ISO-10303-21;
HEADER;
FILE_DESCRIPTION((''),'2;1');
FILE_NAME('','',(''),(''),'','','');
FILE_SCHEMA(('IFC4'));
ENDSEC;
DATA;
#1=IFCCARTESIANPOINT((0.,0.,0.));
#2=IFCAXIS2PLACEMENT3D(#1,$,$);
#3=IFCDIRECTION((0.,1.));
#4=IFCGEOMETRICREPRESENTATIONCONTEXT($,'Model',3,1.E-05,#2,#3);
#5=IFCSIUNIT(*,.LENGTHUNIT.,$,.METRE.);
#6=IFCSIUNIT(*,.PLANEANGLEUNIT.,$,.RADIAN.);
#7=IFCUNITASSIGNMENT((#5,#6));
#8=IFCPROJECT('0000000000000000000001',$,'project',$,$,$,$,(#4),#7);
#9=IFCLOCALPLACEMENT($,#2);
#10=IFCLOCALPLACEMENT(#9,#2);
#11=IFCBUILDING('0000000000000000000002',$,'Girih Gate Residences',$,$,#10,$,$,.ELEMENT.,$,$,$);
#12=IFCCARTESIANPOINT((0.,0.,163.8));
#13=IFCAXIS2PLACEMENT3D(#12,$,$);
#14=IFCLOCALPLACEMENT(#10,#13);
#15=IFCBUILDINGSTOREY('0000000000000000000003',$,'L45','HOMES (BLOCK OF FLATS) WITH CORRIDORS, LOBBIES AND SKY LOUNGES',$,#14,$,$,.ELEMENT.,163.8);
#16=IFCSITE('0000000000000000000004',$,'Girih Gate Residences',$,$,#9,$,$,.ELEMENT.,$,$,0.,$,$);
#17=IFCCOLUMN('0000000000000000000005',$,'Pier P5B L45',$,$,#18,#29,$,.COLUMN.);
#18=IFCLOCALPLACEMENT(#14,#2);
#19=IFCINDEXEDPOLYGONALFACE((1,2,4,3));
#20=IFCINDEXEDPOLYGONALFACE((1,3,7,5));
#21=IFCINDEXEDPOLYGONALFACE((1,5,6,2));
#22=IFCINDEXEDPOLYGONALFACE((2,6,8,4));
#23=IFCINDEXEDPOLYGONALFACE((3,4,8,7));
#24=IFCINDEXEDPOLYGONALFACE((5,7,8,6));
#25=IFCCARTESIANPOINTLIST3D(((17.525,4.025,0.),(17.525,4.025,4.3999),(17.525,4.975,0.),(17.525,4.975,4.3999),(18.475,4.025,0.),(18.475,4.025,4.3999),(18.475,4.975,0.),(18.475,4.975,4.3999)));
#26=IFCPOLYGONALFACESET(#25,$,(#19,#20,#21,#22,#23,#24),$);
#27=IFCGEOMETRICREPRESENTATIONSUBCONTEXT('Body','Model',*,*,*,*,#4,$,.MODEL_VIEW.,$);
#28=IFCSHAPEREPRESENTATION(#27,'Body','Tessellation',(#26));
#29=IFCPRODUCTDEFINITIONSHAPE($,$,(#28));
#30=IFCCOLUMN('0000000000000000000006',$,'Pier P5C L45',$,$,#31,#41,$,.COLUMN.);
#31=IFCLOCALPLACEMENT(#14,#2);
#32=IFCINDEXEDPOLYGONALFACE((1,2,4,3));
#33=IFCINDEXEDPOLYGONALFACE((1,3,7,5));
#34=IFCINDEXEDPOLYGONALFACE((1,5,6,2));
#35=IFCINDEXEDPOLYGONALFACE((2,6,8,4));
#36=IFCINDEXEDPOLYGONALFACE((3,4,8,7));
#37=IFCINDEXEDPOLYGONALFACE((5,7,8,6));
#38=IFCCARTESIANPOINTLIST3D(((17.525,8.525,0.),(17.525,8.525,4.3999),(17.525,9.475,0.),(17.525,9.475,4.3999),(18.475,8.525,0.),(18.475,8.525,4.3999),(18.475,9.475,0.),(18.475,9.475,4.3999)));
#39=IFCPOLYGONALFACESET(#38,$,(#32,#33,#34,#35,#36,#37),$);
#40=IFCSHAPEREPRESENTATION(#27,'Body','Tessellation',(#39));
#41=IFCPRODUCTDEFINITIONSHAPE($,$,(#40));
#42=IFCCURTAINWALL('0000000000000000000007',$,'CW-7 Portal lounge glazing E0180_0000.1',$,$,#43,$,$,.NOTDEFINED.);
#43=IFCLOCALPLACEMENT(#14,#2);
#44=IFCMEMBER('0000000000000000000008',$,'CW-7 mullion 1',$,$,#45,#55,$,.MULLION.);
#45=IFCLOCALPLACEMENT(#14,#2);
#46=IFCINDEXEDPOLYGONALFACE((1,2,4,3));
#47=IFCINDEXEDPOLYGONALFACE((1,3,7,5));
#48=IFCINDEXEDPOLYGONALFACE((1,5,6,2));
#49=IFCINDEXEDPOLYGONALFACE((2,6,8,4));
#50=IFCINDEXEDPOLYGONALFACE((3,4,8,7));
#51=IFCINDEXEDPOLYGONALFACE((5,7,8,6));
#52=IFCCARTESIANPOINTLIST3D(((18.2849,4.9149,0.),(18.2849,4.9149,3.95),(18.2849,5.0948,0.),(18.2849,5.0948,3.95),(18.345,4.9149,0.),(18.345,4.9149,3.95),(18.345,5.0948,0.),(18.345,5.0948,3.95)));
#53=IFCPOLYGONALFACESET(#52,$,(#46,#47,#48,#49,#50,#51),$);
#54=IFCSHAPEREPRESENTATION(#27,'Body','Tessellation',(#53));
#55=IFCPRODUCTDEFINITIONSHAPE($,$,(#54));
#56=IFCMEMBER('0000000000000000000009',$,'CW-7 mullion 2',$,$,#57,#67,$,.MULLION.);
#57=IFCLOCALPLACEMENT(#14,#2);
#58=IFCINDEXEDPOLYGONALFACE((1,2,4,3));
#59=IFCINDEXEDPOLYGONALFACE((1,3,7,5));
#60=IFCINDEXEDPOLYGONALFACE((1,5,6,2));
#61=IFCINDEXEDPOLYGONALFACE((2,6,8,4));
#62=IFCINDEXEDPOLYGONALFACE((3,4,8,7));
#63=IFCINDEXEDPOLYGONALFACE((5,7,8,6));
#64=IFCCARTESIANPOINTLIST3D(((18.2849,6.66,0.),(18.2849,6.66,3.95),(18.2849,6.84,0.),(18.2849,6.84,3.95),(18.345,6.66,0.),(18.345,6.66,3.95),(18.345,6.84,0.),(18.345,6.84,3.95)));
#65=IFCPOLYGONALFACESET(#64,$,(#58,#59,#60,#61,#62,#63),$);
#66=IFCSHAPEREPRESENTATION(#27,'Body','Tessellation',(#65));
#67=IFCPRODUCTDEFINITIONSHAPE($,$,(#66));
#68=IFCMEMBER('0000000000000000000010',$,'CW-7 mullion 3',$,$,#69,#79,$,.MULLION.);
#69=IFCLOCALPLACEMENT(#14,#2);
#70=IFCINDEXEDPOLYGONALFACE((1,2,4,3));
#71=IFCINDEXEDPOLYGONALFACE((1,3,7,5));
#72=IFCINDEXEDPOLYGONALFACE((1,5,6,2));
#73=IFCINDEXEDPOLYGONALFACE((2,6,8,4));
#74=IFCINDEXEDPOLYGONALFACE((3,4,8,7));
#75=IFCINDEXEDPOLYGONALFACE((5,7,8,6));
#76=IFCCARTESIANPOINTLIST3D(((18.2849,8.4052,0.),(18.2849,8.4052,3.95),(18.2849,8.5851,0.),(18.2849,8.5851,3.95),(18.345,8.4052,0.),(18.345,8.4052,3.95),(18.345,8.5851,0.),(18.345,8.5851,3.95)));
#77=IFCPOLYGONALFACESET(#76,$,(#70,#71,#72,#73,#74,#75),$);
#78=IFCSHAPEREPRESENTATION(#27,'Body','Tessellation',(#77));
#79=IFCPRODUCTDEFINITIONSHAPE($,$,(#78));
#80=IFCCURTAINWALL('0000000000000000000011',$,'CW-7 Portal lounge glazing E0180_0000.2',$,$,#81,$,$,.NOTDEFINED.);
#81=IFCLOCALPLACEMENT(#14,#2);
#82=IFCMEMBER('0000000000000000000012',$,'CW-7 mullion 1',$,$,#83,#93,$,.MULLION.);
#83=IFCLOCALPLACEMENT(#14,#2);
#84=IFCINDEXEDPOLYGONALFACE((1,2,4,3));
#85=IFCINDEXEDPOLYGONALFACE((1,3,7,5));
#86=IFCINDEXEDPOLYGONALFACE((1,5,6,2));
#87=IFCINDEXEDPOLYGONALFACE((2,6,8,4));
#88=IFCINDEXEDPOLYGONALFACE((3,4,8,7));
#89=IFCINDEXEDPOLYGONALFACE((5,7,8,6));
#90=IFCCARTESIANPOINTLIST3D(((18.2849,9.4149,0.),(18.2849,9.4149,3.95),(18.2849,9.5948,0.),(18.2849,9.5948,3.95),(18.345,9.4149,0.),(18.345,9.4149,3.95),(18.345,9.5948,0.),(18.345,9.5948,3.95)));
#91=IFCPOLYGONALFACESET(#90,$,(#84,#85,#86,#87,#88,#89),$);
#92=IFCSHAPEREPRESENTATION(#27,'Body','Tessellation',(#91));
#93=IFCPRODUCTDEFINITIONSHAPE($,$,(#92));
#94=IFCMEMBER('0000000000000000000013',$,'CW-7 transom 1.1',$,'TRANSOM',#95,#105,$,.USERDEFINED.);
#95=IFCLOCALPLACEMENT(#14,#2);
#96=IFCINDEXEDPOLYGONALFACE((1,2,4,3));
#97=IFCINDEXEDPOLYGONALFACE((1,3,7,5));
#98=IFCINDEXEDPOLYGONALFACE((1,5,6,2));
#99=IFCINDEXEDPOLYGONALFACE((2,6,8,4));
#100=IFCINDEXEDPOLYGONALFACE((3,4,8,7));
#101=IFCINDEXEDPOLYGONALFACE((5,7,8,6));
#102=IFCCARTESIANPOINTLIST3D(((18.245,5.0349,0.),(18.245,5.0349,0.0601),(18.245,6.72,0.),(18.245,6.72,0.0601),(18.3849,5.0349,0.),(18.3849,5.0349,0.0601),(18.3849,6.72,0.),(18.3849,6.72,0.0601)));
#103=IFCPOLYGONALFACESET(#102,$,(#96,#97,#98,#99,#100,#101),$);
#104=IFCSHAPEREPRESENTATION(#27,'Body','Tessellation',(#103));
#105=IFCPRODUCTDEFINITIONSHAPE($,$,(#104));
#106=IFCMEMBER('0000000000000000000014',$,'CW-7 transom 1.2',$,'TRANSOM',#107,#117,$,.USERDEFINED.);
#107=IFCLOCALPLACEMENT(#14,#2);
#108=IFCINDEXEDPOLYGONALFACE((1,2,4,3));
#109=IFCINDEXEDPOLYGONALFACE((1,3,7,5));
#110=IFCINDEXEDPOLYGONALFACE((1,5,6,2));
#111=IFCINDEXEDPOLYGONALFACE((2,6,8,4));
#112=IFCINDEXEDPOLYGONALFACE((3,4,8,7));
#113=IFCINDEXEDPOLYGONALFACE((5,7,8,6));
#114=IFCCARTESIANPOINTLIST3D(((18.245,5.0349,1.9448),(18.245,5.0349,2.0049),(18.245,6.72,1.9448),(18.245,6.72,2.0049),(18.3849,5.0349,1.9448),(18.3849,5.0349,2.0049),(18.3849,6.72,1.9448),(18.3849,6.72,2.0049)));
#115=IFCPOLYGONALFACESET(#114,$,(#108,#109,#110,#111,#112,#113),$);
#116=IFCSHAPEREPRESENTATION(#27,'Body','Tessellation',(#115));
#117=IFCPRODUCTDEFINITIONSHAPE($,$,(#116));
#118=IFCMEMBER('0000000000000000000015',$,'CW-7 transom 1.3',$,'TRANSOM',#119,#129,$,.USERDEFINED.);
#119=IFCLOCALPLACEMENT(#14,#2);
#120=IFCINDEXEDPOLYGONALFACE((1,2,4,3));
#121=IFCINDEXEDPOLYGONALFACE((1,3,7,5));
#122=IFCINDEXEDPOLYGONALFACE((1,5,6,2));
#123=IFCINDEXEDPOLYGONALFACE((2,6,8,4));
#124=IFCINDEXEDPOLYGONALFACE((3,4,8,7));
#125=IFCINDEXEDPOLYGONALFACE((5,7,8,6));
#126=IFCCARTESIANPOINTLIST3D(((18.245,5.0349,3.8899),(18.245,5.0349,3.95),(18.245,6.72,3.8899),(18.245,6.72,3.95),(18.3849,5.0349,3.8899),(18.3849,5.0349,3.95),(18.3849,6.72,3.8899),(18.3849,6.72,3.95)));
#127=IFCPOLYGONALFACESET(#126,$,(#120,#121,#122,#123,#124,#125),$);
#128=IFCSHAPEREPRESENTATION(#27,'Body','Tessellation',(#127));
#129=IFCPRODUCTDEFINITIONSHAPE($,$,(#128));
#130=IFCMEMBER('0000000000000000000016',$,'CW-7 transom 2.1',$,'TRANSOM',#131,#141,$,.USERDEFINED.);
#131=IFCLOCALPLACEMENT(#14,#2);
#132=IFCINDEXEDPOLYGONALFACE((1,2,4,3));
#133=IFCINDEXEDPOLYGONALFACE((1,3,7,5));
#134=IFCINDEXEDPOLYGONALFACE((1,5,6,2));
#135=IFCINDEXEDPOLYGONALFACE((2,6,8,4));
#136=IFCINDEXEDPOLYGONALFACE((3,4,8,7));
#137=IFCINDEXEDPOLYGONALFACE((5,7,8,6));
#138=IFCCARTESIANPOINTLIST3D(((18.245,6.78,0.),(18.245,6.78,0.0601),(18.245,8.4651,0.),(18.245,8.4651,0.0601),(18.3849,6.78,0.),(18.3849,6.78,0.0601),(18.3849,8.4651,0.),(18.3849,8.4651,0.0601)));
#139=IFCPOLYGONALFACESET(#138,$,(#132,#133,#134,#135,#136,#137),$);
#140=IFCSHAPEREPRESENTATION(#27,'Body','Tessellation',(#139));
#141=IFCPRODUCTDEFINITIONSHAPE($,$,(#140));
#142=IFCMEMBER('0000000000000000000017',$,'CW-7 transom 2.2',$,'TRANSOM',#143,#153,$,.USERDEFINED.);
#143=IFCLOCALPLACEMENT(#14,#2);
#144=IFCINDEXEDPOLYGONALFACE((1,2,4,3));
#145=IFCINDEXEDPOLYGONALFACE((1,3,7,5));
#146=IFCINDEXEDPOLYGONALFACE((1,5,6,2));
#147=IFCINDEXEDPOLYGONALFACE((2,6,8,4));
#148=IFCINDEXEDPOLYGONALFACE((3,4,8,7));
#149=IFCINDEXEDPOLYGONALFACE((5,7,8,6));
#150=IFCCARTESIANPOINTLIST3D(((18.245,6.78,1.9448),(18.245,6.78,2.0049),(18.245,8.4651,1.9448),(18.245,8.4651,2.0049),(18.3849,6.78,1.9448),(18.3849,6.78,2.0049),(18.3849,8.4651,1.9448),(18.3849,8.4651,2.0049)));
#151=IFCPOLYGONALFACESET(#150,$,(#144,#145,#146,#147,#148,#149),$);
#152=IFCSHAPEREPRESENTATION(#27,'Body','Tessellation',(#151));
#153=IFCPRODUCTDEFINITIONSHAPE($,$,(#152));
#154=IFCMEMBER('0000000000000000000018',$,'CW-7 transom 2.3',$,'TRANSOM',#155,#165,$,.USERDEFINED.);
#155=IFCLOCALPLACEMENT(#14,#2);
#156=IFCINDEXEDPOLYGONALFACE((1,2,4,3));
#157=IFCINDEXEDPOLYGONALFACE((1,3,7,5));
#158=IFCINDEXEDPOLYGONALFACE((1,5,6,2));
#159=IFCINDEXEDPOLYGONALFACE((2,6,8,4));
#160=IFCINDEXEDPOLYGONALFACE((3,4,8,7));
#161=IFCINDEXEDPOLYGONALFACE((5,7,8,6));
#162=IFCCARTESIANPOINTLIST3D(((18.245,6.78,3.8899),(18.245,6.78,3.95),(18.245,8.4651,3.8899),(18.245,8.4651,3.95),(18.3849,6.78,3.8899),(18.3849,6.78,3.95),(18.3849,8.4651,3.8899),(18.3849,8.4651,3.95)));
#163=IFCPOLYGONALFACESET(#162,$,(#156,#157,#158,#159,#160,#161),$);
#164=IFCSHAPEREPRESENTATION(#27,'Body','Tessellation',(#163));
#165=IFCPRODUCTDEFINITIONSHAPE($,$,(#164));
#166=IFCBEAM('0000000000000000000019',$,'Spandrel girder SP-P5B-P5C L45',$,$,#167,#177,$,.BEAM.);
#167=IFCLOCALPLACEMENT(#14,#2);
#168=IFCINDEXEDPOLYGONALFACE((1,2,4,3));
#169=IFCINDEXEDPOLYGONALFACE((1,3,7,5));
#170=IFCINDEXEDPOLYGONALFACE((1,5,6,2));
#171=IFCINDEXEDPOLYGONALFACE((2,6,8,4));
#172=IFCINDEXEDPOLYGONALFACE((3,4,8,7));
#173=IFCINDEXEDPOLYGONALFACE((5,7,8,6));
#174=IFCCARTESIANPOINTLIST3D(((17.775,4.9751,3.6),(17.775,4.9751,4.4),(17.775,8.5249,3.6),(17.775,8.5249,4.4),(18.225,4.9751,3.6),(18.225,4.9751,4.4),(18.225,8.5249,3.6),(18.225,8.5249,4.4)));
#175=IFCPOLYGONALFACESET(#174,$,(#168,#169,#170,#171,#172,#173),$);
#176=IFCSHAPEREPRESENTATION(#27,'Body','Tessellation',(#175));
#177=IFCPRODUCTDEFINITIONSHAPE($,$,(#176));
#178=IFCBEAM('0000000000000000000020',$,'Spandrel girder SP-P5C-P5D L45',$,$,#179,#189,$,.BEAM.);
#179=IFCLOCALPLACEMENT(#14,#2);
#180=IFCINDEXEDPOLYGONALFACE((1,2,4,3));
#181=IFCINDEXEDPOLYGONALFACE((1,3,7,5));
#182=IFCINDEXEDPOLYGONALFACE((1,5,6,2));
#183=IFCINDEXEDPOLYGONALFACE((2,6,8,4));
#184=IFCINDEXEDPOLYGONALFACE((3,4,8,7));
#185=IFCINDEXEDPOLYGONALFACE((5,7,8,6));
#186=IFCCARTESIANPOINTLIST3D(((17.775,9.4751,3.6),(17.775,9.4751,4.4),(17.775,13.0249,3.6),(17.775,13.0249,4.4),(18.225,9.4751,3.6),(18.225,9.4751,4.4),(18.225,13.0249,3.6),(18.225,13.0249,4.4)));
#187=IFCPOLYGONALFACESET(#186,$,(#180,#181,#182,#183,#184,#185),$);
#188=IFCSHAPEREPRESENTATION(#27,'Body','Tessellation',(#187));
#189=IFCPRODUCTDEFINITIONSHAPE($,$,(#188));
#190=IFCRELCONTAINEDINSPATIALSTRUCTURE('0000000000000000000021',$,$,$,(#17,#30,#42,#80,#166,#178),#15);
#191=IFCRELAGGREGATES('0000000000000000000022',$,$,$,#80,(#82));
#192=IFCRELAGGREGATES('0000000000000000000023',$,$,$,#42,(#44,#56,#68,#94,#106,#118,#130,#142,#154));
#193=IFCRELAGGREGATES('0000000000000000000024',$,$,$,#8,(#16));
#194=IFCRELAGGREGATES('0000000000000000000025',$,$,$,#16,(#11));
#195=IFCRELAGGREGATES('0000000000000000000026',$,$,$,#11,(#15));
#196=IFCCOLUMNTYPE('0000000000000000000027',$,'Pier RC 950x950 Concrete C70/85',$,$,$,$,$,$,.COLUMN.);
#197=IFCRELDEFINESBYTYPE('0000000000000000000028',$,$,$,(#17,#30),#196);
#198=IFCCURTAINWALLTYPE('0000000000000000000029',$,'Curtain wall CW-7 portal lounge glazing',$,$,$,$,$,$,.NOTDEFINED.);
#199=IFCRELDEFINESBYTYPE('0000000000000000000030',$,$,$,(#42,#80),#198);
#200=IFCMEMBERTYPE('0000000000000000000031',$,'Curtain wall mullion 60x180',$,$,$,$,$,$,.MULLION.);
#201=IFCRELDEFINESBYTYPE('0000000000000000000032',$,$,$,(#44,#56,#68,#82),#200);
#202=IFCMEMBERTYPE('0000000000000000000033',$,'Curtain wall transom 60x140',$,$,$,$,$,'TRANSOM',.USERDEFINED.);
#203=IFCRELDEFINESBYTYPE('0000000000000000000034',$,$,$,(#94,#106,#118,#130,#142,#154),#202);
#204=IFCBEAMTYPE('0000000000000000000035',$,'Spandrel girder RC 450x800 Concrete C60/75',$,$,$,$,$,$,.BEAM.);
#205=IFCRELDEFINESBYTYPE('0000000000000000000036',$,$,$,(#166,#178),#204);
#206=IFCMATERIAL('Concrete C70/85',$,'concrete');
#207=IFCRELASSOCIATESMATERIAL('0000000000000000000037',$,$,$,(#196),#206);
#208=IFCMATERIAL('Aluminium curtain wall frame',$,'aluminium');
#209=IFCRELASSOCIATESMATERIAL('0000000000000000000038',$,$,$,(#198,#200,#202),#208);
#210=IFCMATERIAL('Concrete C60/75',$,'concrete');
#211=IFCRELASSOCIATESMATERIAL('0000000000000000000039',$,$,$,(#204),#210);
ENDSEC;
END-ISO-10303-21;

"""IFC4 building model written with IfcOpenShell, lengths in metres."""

from ifc_helpers import new_model, si_unit, direction, frame, origin, origin_2d, place, context, subcontext, project, spatial, rectangle, extrude, material, material_profile, profile_set, type_object, element, aggregate, save


model = new_model("IFC4")

# Units and contexts
model_context = context("Model", 3, precision=1e-05, world=origin(), true_north=direction((0.0, 1.0)))
body_context = subcontext(model_context, "Body", "Model", "MODEL_VIEW")
ifc_project = project(units=[si_unit("LENGTHUNIT", "METRE"), si_unit("PLANEANGLEUNIT", "RADIAN")], contexts=[model_context])

# Site, building, storey
site_placement = place(None, origin())
site = spatial("IfcSite", under=ifc_project, at=site_placement, Name="Girih Gate Residences", CompositionType="ELEMENT", RefElevation=0.0)
building_placement = place(site_placement, origin())
building = spatial("IfcBuilding", under=site, at=building_placement, Name="Girih Gate Residences", CompositionType="ELEMENT")
storey_placement = place(building_placement, frame((0.0, 0.0, 163.8)))
storey = spatial("IfcBuildingStorey", under=building, at=storey_placement, Name="L45", Description="HOMES (BLOCK OF FLATS) WITH CORRIDORS, LOBBIES AND SKY LOUNGES", CompositionType="ELEMENT", Elevation=163.8)

# Columns
ifc_material_1 = material(Name="Concrete C70/85", Category="concrete")
ifc_material_profile_1 = material_profile(ifc_material_1, rectangle(XDim=0.95, YDim=0.95, at=origin_2d()))
ifc_profile_set_1 = profile_set([ifc_material_profile_1], Name="Concrete C70/85")
column_type = type_object("IfcColumnType", Name="Pier RC 950x950 Concrete C70/85", PredefinedType="COLUMN", material=ifc_profile_set_1)
for number, where, z_axis, x_axis, name in (
    (1, (18.0, 4.5, 0.0), (0.0, 0.0, 1.0), (1.0, 0.0, 0.0), "Pier P5B L45"),
    (2, (18.0, 9.0, 0.0), (0.0, 0.0, 1.0), (1.0, 0.0, 0.0), "Pier P5C L45"),
):
    element("IfcColumn", number, at=place(storey_placement, frame(where, z_axis=z_axis, x_axis=x_axis)), inside=storey, type_object=column_type, Name=name, PredefinedType="COLUMN", context=body_context, shape_type="SweptSolid", body=[
        extrude(rectangle(XDim=0.95, YDim=0.95, at=origin_2d()), origin(), (0.0, 0.0, 1.0), 4.3999),
    ])

# Curtain wall, members
ifc_material_2 = material(Name="Aluminium curtain wall frame", Category="aluminium")
curtain_wall_type = type_object("IfcCurtainWallType", Name="Curtain wall CW-7 portal lounge glazing", PredefinedType="NOTDEFINED", material=ifc_material_2)
curtain_wall_1_placement = place(storey_placement, origin())
curtain_wall_1 = element("IfcCurtainWall", 3, at=curtain_wall_1_placement, inside=storey, type_object=curtain_wall_type, Name="CW-7 Portal lounge glazing E0180_0000.1", PredefinedType="NOTDEFINED")
ifc_material_profile_2 = material_profile(ifc_material_2, rectangle(XDim=0.0601, YDim=0.1799, at=origin_2d()))
ifc_profile_set_2 = profile_set([ifc_material_profile_2], Name="Aluminium curtain wall frame")
member_type_1 = type_object("IfcMemberType", Name="Curtain wall mullion 60x180", PredefinedType="MULLION", material=ifc_profile_set_2)
member_1_placement = place(storey_placement, frame((18.3149, 5.0049, 0.0), z_axis=(0.0, 0.0, 1.0), x_axis=(-1.0, 0.0, 0.0)))
member_1 = element("IfcMember", 4, at=member_1_placement, type_object=member_type_1, Name="CW-7 mullion 1", PredefinedType="MULLION", context=body_context, shape_type="SweptSolid", body=[
    extrude(rectangle(XDim=0.0601, YDim=0.1799, at=origin_2d()), origin(), (0.0, 0.0, 1.0), 3.95),
])
member_2_placement = place(storey_placement, frame((18.3149, 6.75, 0.0), z_axis=(0.0, 0.0, 1.0), x_axis=(-1.0, 0.0, 0.0)))
member_2 = element("IfcMember", 5, at=member_2_placement, type_object=member_type_1, Name="CW-7 mullion 2", PredefinedType="MULLION", context=body_context, shape_type="SweptSolid", body=[
    extrude(rectangle(XDim=0.0601, YDim=0.1799, at=origin_2d()), origin(), (0.0, 0.0, 1.0), 3.95),
])
member_3_placement = place(storey_placement, frame((18.3149, 8.4951, 0.0), z_axis=(0.0, 0.0, 1.0), x_axis=(-1.0, 0.0, 0.0)))
member_3 = element("IfcMember", 6, at=member_3_placement, type_object=member_type_1, Name="CW-7 mullion 3", PredefinedType="MULLION", context=body_context, shape_type="SweptSolid", body=[
    extrude(rectangle(XDim=0.0601, YDim=0.1799, at=origin_2d()), origin(), (0.0, 0.0, 1.0), 3.95),
])

# Curtain wall, member
curtain_wall_2_placement = place(storey_placement, origin())
curtain_wall_2 = element("IfcCurtainWall", 7, at=curtain_wall_2_placement, inside=storey, type_object=curtain_wall_type, Name="CW-7 Portal lounge glazing E0180_0000.2", PredefinedType="NOTDEFINED")
member_4_placement = place(storey_placement, frame((18.3149, 9.5049, 0.0), z_axis=(0.0, 0.0, 1.0), x_axis=(-1.0, 0.0, 0.0)))
member_4 = element("IfcMember", 8, at=member_4_placement, type_object=member_type_1, Name="CW-7 mullion 1", PredefinedType="MULLION", context=body_context, shape_type="SweptSolid", body=[
    extrude(rectangle(XDim=0.0601, YDim=0.1799, at=origin_2d()), origin(), (0.0, 0.0, 1.0), 3.95),
])
aggregate(curtain_wall_2, [member_4])

# Members
ifc_material_profile_3 = material_profile(ifc_material_2, rectangle(XDim=0.1399, YDim=0.0601, at=origin_2d()))
ifc_profile_set_3 = profile_set([ifc_material_profile_3], Name="Aluminium curtain wall frame")
member_type_2 = type_object("IfcMemberType", Name="Curtain wall transom 60x140", ElementType="TRANSOM", PredefinedType="USERDEFINED", material=ifc_profile_set_3)
member_5_placement = place(storey_placement, frame((18.3149, 5.0349, 0.03), z_axis=(0.0, 1.0, 0.0), x_axis=(-1.0, 0.0, 0.0)))
member_5 = element("IfcMember", 9, at=member_5_placement, type_object=member_type_2, Name="CW-7 transom 1.1", ObjectType="TRANSOM", PredefinedType="USERDEFINED", context=body_context, shape_type="SweptSolid", body=[
    extrude(rectangle(XDim=0.1399, YDim=0.0601, at=origin_2d()), origin(), (0.0, 0.0, 1.0), 1.6851),
])
member_6_placement = place(storey_placement, frame((18.3149, 5.0349, 1.9749), z_axis=(0.0, 1.0, 0.0), x_axis=(-1.0, 0.0, 0.0)))
member_6 = element("IfcMember", 10, at=member_6_placement, type_object=member_type_2, Name="CW-7 transom 1.2", ObjectType="TRANSOM", PredefinedType="USERDEFINED", context=body_context, shape_type="SweptSolid", body=[
    extrude(rectangle(XDim=0.1399, YDim=0.0601, at=origin_2d()), origin(), (0.0, 0.0, 1.0), 1.6851),
])
member_7_placement = place(storey_placement, frame((18.3149, 5.0349, 3.9199), z_axis=(0.0, 1.0, 0.0), x_axis=(-1.0, 0.0, 0.0)))
member_7 = element("IfcMember", 11, at=member_7_placement, type_object=member_type_2, Name="CW-7 transom 1.3", ObjectType="TRANSOM", PredefinedType="USERDEFINED", context=body_context, shape_type="SweptSolid", body=[
    extrude(rectangle(XDim=0.1399, YDim=0.0601, at=origin_2d()), origin(), (0.0, 0.0, 1.0), 1.6851),
])
member_8_placement = place(storey_placement, frame((18.3149, 6.78, 0.03), z_axis=(0.0, 1.0, 0.0), x_axis=(-1.0, 0.0, 0.0)))
member_8 = element("IfcMember", 12, at=member_8_placement, type_object=member_type_2, Name="CW-7 transom 2.1", ObjectType="TRANSOM", PredefinedType="USERDEFINED", context=body_context, shape_type="SweptSolid", body=[
    extrude(rectangle(XDim=0.1399, YDim=0.0601, at=origin_2d()), origin(), (0.0, 0.0, 1.0), 1.6851),
])
member_9_placement = place(storey_placement, frame((18.3149, 6.78, 1.9749), z_axis=(0.0, 1.0, 0.0), x_axis=(-1.0, 0.0, 0.0)))
member_9 = element("IfcMember", 13, at=member_9_placement, type_object=member_type_2, Name="CW-7 transom 2.2", ObjectType="TRANSOM", PredefinedType="USERDEFINED", context=body_context, shape_type="SweptSolid", body=[
    extrude(rectangle(XDim=0.1399, YDim=0.0601, at=origin_2d()), origin(), (0.0, 0.0, 1.0), 1.6851),
])
member_10_placement = place(storey_placement, frame((18.3149, 6.78, 3.9199), z_axis=(0.0, 1.0, 0.0), x_axis=(-1.0, 0.0, 0.0)))
member_10 = element("IfcMember", 14, at=member_10_placement, type_object=member_type_2, Name="CW-7 transom 2.3", ObjectType="TRANSOM", PredefinedType="USERDEFINED", context=body_context, shape_type="SweptSolid", body=[
    extrude(rectangle(XDim=0.1399, YDim=0.0601, at=origin_2d()), origin(), (0.0, 0.0, 1.0), 1.6851),
])

# Beams
ifc_material_3 = material(Name="Concrete C60/75", Category="concrete")
ifc_material_profile_4 = material_profile(ifc_material_3, rectangle(XDim=0.45, YDim=0.8, at=origin_2d()))
ifc_profile_set_4 = profile_set([ifc_material_profile_4], Name="Concrete C60/75")
beam_type = type_object("IfcBeamType", Name="Spandrel girder RC 450x800 Concrete C60/75", PredefinedType="BEAM", material=ifc_profile_set_4)
for number, where, z_axis, x_axis, name in (
    (15, (18.0, 4.9751, 4.0), (0.0, 1.0, 0.0), (-1.0, 0.0, 0.0), "Spandrel girder SP-P5B-P5C L45"),
    (16, (18.0, 9.4751, 4.0), (0.0, 1.0, 0.0), (-1.0, 0.0, 0.0), "Spandrel girder SP-P5C-P5D L45"),
):
    element("IfcBeam", number, at=place(storey_placement, frame(where, z_axis=z_axis, x_axis=x_axis)), inside=storey, type_object=beam_type, Name=name, PredefinedType="BEAM", context=body_context, shape_type="SweptSolid", body=[
        extrude(rectangle(XDim=0.45, YDim=0.8, at=origin_2d()), origin(), (0.0, 0.0, 1.0), 3.5498),
    ])

aggregate(curtain_wall_1, [member_1, member_2, member_3, member_5, member_6, member_7, member_8, member_9, member_10])

save(model, "model.ifc")
